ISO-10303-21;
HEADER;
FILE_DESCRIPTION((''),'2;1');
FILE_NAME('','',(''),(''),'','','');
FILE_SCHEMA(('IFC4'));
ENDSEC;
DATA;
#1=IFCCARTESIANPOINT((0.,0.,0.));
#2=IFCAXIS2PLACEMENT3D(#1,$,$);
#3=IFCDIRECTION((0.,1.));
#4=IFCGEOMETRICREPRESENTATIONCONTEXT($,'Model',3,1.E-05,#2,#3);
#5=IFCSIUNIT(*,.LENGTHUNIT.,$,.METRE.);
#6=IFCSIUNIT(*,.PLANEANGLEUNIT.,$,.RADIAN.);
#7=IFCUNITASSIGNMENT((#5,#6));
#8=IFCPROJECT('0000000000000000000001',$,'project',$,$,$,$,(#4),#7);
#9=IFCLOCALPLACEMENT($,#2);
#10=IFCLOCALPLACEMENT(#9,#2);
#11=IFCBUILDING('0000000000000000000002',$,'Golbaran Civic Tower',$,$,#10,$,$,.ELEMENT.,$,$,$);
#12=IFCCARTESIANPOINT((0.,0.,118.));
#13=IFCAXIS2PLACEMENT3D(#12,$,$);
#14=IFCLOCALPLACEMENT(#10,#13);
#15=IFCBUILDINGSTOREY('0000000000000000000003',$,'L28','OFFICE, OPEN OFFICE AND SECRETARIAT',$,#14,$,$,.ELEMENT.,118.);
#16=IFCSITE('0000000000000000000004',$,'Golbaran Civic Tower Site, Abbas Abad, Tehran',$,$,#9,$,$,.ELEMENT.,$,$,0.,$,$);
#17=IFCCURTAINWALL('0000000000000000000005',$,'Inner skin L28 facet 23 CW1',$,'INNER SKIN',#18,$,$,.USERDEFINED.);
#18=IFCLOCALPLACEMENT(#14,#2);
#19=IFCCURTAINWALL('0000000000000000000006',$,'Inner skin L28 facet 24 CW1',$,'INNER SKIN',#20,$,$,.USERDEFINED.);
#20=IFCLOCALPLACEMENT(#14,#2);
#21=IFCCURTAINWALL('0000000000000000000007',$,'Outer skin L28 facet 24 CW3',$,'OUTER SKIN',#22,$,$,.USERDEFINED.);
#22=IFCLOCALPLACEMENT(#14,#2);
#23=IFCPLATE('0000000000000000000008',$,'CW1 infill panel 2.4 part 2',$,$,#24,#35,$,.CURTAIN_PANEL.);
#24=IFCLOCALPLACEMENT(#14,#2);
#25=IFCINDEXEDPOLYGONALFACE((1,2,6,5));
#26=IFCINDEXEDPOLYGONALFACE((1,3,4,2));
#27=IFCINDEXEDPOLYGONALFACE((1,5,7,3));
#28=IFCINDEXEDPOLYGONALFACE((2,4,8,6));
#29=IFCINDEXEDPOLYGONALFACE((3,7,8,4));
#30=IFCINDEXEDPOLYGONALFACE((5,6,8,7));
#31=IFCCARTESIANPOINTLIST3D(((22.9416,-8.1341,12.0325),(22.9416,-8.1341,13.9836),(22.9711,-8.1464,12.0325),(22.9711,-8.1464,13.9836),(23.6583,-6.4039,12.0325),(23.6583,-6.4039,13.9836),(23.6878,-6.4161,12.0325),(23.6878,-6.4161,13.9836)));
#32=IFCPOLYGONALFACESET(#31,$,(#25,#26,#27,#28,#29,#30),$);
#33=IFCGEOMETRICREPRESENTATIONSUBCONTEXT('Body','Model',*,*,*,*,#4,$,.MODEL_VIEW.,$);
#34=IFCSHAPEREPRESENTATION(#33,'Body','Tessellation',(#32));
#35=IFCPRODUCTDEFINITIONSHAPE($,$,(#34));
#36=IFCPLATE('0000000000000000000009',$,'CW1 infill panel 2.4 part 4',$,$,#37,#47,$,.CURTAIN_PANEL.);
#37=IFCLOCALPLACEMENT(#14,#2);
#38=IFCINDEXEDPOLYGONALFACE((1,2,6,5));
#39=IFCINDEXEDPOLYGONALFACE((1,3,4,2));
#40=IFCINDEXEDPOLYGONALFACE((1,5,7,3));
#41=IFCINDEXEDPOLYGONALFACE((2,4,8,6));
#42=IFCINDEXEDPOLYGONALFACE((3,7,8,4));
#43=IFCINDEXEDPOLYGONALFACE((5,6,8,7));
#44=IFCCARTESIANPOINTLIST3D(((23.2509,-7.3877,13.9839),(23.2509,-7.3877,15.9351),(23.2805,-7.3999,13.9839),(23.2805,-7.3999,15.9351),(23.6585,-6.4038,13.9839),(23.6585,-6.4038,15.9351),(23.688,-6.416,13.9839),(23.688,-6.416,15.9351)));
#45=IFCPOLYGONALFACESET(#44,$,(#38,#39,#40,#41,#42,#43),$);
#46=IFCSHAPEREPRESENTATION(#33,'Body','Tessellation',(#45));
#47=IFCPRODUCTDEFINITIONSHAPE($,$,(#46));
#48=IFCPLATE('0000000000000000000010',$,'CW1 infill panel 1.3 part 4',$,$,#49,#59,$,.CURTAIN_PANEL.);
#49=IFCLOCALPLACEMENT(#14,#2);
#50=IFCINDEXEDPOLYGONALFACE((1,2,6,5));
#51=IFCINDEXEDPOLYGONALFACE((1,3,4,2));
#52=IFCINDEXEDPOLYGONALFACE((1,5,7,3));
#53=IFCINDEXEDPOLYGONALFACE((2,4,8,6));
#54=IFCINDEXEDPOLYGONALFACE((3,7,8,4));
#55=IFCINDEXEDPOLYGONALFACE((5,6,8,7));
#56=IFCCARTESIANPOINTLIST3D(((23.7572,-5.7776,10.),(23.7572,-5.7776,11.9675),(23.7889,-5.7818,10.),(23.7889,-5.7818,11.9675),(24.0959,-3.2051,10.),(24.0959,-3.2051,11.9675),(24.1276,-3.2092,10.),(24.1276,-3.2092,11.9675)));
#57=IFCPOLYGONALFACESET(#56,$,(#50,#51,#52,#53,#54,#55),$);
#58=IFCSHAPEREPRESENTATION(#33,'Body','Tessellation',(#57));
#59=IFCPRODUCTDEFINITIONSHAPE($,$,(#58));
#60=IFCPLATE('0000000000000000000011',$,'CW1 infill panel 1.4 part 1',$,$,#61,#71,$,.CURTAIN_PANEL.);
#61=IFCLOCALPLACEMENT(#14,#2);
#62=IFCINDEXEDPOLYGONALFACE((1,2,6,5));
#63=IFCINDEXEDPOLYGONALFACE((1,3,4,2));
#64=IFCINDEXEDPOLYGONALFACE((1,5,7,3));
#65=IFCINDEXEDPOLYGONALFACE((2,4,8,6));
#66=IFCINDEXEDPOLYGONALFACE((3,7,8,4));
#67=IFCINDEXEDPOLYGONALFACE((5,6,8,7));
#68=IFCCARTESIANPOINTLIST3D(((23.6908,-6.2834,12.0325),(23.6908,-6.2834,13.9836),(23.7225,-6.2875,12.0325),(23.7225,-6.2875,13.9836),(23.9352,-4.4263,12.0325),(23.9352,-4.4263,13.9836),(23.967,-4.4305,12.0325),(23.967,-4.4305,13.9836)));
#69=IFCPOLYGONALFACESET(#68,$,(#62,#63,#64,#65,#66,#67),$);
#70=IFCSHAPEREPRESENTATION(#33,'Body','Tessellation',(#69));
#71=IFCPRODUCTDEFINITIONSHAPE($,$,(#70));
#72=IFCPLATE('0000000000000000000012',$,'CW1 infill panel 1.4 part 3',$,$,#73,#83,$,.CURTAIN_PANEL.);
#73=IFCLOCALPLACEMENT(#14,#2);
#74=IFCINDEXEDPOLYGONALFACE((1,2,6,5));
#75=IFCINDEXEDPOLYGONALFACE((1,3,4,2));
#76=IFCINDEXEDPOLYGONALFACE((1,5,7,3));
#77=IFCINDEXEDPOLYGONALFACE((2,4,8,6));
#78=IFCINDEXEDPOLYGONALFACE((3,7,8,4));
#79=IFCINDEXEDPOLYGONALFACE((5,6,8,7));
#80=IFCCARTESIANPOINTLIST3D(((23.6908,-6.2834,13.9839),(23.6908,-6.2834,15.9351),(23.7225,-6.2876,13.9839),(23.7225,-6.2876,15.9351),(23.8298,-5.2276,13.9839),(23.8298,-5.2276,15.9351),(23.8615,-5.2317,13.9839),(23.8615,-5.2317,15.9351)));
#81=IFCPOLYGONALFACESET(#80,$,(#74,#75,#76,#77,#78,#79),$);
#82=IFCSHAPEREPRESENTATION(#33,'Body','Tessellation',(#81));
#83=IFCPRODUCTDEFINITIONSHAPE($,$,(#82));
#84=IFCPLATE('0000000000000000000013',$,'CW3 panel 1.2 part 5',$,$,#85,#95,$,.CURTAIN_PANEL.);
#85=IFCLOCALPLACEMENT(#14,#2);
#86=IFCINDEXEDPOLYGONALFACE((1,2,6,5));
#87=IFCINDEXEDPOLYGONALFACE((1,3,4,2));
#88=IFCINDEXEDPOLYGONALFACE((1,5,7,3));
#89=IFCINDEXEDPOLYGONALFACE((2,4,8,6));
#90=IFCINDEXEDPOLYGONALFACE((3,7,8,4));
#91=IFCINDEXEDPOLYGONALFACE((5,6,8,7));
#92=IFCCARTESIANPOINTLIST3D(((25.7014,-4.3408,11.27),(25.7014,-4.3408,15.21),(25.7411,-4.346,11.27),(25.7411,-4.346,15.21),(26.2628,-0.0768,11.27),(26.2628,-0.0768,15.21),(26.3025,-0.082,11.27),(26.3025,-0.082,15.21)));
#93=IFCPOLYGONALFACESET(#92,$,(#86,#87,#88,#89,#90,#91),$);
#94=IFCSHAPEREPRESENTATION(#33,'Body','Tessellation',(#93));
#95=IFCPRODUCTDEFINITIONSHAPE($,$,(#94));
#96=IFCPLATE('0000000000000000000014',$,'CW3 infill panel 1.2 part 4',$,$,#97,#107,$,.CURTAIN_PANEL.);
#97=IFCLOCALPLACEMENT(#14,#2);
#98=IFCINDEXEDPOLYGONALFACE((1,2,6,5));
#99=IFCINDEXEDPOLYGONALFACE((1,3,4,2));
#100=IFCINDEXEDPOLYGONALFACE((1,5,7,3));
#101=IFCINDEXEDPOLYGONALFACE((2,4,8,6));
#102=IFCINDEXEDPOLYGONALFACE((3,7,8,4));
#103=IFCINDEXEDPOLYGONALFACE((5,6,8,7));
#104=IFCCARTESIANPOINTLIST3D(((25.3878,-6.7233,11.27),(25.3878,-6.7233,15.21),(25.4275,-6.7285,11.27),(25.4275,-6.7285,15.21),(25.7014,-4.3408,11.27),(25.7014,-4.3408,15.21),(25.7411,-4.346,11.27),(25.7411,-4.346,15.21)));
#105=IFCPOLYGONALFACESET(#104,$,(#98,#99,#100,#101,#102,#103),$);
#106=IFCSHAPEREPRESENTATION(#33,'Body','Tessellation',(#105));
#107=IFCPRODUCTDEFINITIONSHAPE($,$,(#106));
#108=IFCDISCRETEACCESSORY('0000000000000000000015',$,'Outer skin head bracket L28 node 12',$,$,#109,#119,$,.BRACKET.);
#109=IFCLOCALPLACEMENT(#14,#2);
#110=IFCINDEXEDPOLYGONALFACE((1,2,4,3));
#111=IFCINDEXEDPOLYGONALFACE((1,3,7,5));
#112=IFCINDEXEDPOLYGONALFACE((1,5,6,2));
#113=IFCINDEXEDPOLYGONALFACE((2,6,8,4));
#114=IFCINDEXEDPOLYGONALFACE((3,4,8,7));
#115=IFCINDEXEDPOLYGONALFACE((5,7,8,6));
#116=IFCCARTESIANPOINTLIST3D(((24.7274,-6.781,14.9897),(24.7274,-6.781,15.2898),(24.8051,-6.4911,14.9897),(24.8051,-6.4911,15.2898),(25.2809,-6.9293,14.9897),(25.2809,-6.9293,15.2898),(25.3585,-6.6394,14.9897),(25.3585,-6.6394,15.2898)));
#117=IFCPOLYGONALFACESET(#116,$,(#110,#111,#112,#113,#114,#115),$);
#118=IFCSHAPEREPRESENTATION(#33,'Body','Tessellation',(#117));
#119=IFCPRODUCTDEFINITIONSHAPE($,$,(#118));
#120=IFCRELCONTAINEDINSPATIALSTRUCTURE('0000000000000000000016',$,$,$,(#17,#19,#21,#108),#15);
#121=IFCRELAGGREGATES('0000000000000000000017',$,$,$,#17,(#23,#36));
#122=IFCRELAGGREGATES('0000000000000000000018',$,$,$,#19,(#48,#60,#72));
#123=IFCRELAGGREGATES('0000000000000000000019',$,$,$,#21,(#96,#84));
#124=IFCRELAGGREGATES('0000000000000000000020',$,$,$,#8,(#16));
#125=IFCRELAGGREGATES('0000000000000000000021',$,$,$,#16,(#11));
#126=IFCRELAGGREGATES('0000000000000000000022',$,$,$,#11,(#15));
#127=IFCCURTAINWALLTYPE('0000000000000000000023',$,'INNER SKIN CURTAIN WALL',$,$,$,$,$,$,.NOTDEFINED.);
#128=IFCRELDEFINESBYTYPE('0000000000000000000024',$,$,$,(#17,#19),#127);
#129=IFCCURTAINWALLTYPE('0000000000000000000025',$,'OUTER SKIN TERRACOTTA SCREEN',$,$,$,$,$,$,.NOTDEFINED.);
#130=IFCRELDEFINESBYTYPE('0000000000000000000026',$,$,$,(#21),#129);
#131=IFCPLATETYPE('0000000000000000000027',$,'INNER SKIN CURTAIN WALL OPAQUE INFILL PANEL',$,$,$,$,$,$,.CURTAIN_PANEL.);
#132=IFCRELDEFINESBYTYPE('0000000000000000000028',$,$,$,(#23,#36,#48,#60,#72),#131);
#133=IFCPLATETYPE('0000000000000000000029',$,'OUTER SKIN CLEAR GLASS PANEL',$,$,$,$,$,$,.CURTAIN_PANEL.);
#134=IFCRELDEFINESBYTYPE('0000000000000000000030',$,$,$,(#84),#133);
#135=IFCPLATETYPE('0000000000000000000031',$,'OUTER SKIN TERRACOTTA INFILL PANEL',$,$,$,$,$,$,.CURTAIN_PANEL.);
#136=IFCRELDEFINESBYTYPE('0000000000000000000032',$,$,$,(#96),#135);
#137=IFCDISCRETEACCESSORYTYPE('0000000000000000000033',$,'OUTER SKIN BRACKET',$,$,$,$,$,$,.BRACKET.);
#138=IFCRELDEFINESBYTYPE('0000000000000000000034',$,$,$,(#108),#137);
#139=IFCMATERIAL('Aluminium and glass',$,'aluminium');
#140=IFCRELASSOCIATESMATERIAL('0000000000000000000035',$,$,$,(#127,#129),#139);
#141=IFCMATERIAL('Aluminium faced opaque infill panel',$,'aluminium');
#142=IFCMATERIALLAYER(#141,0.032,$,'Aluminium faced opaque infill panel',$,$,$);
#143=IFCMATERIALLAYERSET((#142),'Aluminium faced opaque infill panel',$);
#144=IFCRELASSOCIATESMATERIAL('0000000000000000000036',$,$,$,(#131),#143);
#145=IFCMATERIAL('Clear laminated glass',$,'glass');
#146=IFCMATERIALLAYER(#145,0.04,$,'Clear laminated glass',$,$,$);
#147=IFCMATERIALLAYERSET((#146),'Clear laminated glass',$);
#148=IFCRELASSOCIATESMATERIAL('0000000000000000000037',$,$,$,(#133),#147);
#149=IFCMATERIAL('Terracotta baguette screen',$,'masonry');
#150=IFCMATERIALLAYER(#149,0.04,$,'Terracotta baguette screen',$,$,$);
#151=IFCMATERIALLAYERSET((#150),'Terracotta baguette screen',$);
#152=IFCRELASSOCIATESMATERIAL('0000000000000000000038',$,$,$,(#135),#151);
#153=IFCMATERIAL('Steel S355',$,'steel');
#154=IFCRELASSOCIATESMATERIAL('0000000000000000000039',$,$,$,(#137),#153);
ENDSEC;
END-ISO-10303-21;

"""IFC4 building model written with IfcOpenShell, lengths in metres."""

from ifc_helpers import new_model, si_unit, direction, frame, origin, origin_2d, place, context, subcontext, project, spatial, rectangle, extrude, material, layer, layer_set, type_object, element, aggregate, save


model = new_model("IFC4")

# Units and contexts
model_context = context("Model", 3, precision=1e-05, world=origin(), true_north=direction((0.0, 1.0)))
body_context = subcontext(model_context, "Body", "Model", "MODEL_VIEW")
ifc_project = project(units=[si_unit("LENGTHUNIT", "METRE"), si_unit("PLANEANGLEUNIT", "RADIAN")], contexts=[model_context])

# Site, building, storey
site_placement = place(None, origin())
site = spatial("IfcSite", under=ifc_project, at=site_placement, Name="Golbaran Civic Tower Site, Abbas Abad, Tehran", CompositionType="ELEMENT", RefElevation=0.0)
building_placement = place(site_placement, origin())
building = spatial("IfcBuilding", under=site, at=building_placement, Name="Golbaran Civic Tower", CompositionType="ELEMENT")
storey_placement = place(building_placement, frame((0.0, 0.0, 118.0)))
storey = spatial("IfcBuildingStorey", under=building, at=storey_placement, Name="L28", Description="OFFICE, OPEN OFFICE AND SECRETARIAT", CompositionType="ELEMENT", Elevation=118.0)

# Curtain walls
ifc_material_1 = material(Name="Aluminium and glass", Category="aluminium")
curtain_wall_type_1 = type_object("IfcCurtainWallType", Name="INNER SKIN CURTAIN WALL", PredefinedType="NOTDEFINED", material=ifc_material_1)
curtain_wall_1_placement = place(storey_placement, origin())
curtain_wall_1 = element("IfcCurtainWall", 1, at=curtain_wall_1_placement, inside=storey, type_object=curtain_wall_type_1, Name="Inner skin L28 facet 23 CW1", ObjectType="INNER SKIN", PredefinedType="USERDEFINED")
curtain_wall_2_placement = place(storey_placement, origin())
curtain_wall_2 = element("IfcCurtainWall", 2, at=curtain_wall_2_placement, inside=storey, type_object=curtain_wall_type_1, Name="Inner skin L28 facet 24 CW1", ObjectType="INNER SKIN", PredefinedType="USERDEFINED")

# Curtain wall
curtain_wall_type_2 = type_object("IfcCurtainWallType", Name="OUTER SKIN TERRACOTTA SCREEN", PredefinedType="NOTDEFINED", material=ifc_material_1)
curtain_wall_3_placement = place(storey_placement, origin())
curtain_wall_3 = element("IfcCurtainWall", 3, at=curtain_wall_3_placement, inside=storey, type_object=curtain_wall_type_2, Name="Outer skin L28 facet 24 CW3", ObjectType="OUTER SKIN", PredefinedType="USERDEFINED")

# Plates
ifc_material_2 = material(Name="Aluminium faced opaque infill panel", Category="aluminium")
ifc_layer_1 = layer(ifc_material_2, 0.032, Name="Aluminium faced opaque infill panel")
ifc_layer_set_1 = layer_set([ifc_layer_1], Name="Aluminium faced opaque infill panel")
plate_type_1 = type_object("IfcPlateType", Name="INNER SKIN CURTAIN WALL OPAQUE INFILL PANEL", PredefinedType="CURTAIN_PANEL", material=ifc_layer_set_1)
plate_1_placement = place(storey_placement, frame((23.3147, -7.2751, 12.0325), z_axis=(0.0, 0.0, 1.0), x_axis=(0.382683, 0.92388, 0.0)))
plate_1 = element("IfcPlate", 4, at=plate_1_placement, type_object=plate_type_1, Name="CW1 infill panel 2.4 part 2", PredefinedType="CURTAIN_PANEL", context=body_context, shape_type="SweptSolid", body=[
    extrude(rectangle(XDim=1.8728, YDim=0.032, at=origin_2d()), origin(), (0.0, 0.0, 1.0), 1.9512),
])
plate_2_placement = place(storey_placement, frame((23.4695, -6.9019, 13.9839), z_axis=(0.0, 0.0, 1.0), x_axis=(0.382683, 0.92388, 0.0)))
plate_2 = element("IfcPlate", 5, at=plate_2_placement, type_object=plate_type_1, Name="CW1 infill panel 2.4 part 4", PredefinedType="CURTAIN_PANEL", context=body_context, shape_type="SweptSolid", body=[
    extrude(rectangle(XDim=1.0649, YDim=0.032, at=origin_2d()), origin(), (0.0, 0.0, 1.0), 1.9512),
])
aggregate(curtain_wall_1, [plate_1, plate_2])
plate_3_placement = place(storey_placement, frame((23.9424, -4.4934, 10.0), z_axis=(0.0, 0.0, 1.0), x_axis=(0.130526, 0.991445, 0.0)))
plate_3 = element("IfcPlate", 6, at=plate_3_placement, type_object=plate_type_1, Name="CW1 infill panel 1.3 part 4", PredefinedType="CURTAIN_PANEL", context=body_context, shape_type="SweptSolid", body=[
    extrude(rectangle(XDim=2.5947, YDim=0.032, at=origin_2d()), origin(), (0.0, 0.0, 1.0), 1.9675),
])
plate_4_placement = place(storey_placement, frame((23.8289, -5.3569, 12.0325), z_axis=(0.0, 0.0, 1.0), x_axis=(0.130526, 0.991445, 0.0)))
plate_4 = element("IfcPlate", 7, at=plate_4_placement, type_object=plate_type_1, Name="CW1 infill panel 1.4 part 1", PredefinedType="CURTAIN_PANEL", context=body_context, shape_type="SweptSolid", body=[
    extrude(rectangle(XDim=1.873, YDim=0.032, at=origin_2d()), origin(), (0.0, 0.0, 1.0), 1.9512),
])
plate_5_placement = place(storey_placement, frame((23.7761, -5.7576, 13.9839), z_axis=(0.0, 0.0, 1.0), x_axis=(0.130526, 0.991445, 0.0)))
plate_5 = element("IfcPlate", 8, at=plate_5_placement, type_object=plate_type_1, Name="CW1 infill panel 1.4 part 3", PredefinedType="CURTAIN_PANEL", context=body_context, shape_type="SweptSolid", body=[
    extrude(rectangle(XDim=1.0649, YDim=0.032, at=origin_2d()), origin(), (0.0, 0.0, 1.0), 1.9512),
])
aggregate(curtain_wall_2, [plate_3, plate_4, plate_5])
ifc_material_3 = material(Name="Clear laminated glass", Category="glass")
ifc_layer_2 = layer(ifc_material_3, 0.04, Name="Clear laminated glass")
ifc_layer_set_2 = layer_set([ifc_layer_2], Name="Clear laminated glass")
plate_type_2 = type_object("IfcPlateType", Name="OUTER SKIN CLEAR GLASS PANEL", PredefinedType="CURTAIN_PANEL", material=ifc_layer_set_2)
plate_6_placement = place(storey_placement, frame((26.002, -2.2114, 11.27), z_axis=(0.0, 0.0, 1.0), x_axis=(0.130526, 0.991445, 0.0)))
plate_6 = element("IfcPlate", 9, at=plate_6_placement, type_object=plate_type_2, Name="CW3 panel 1.2 part 5", PredefinedType="CURTAIN_PANEL", context=body_context, shape_type="SweptSolid", body=[
    extrude(rectangle(XDim=4.3008, YDim=0.04, at=origin_2d()), origin(), (0.0, 0.0, 1.0), 3.9399),
])
ifc_material_4 = material(Name="Terracotta baguette screen", Category="masonry")
ifc_layer_3 = layer(ifc_material_4, 0.04, Name="Terracotta baguette screen")
ifc_layer_set_3 = layer_set([ifc_layer_3], Name="Terracotta baguette screen")
plate_type_3 = type_object("IfcPlateType", Name="OUTER SKIN TERRACOTTA INFILL PANEL", PredefinedType="CURTAIN_PANEL", material=ifc_layer_set_3)
plate_7_placement = place(storey_placement, frame((25.5645, -5.5347, 11.27), z_axis=(0.0, 0.0, 1.0), x_axis=(0.130526, 0.991445, 0.0)))
plate_7 = element("IfcPlate", 10, at=plate_7_placement, type_object=plate_type_3, Name="CW3 infill panel 1.2 part 4", PredefinedType="CURTAIN_PANEL", context=body_context, shape_type="SweptSolid", body=[
    extrude(rectangle(XDim=2.4031, YDim=0.04, at=origin_2d()), origin(), (0.0, 0.0, 1.0), 3.9399),
])
aggregate(curtain_wall_3, [plate_7, plate_6])

# Discrete accessory
ifc_material_5 = material(Name="Steel S355", Category="steel")
discrete_accessory_type = type_object("IfcDiscreteAccessoryType", Name="OUTER SKIN BRACKET", PredefinedType="BRACKET", material=ifc_material_5)
discrete_accessory_placement = place(storey_placement, frame((25.043, -6.7102, 14.9897), z_axis=(0.0, 0.0, 1.0), x_axis=(0.965926, -0.258819, 0.0)))
element("IfcDiscreteAccessory", 11, at=discrete_accessory_placement, inside=storey, type_object=discrete_accessory_type, Name="Outer skin head bracket L28 node 12", PredefinedType="BRACKET", context=body_context, shape_type="SweptSolid", body=[
    extrude(rectangle(XDim=0.573, YDim=0.3, at=origin_2d()), origin(), (0.0, 0.0, 1.0), 0.3),
])

save(model, "model.ifc")
